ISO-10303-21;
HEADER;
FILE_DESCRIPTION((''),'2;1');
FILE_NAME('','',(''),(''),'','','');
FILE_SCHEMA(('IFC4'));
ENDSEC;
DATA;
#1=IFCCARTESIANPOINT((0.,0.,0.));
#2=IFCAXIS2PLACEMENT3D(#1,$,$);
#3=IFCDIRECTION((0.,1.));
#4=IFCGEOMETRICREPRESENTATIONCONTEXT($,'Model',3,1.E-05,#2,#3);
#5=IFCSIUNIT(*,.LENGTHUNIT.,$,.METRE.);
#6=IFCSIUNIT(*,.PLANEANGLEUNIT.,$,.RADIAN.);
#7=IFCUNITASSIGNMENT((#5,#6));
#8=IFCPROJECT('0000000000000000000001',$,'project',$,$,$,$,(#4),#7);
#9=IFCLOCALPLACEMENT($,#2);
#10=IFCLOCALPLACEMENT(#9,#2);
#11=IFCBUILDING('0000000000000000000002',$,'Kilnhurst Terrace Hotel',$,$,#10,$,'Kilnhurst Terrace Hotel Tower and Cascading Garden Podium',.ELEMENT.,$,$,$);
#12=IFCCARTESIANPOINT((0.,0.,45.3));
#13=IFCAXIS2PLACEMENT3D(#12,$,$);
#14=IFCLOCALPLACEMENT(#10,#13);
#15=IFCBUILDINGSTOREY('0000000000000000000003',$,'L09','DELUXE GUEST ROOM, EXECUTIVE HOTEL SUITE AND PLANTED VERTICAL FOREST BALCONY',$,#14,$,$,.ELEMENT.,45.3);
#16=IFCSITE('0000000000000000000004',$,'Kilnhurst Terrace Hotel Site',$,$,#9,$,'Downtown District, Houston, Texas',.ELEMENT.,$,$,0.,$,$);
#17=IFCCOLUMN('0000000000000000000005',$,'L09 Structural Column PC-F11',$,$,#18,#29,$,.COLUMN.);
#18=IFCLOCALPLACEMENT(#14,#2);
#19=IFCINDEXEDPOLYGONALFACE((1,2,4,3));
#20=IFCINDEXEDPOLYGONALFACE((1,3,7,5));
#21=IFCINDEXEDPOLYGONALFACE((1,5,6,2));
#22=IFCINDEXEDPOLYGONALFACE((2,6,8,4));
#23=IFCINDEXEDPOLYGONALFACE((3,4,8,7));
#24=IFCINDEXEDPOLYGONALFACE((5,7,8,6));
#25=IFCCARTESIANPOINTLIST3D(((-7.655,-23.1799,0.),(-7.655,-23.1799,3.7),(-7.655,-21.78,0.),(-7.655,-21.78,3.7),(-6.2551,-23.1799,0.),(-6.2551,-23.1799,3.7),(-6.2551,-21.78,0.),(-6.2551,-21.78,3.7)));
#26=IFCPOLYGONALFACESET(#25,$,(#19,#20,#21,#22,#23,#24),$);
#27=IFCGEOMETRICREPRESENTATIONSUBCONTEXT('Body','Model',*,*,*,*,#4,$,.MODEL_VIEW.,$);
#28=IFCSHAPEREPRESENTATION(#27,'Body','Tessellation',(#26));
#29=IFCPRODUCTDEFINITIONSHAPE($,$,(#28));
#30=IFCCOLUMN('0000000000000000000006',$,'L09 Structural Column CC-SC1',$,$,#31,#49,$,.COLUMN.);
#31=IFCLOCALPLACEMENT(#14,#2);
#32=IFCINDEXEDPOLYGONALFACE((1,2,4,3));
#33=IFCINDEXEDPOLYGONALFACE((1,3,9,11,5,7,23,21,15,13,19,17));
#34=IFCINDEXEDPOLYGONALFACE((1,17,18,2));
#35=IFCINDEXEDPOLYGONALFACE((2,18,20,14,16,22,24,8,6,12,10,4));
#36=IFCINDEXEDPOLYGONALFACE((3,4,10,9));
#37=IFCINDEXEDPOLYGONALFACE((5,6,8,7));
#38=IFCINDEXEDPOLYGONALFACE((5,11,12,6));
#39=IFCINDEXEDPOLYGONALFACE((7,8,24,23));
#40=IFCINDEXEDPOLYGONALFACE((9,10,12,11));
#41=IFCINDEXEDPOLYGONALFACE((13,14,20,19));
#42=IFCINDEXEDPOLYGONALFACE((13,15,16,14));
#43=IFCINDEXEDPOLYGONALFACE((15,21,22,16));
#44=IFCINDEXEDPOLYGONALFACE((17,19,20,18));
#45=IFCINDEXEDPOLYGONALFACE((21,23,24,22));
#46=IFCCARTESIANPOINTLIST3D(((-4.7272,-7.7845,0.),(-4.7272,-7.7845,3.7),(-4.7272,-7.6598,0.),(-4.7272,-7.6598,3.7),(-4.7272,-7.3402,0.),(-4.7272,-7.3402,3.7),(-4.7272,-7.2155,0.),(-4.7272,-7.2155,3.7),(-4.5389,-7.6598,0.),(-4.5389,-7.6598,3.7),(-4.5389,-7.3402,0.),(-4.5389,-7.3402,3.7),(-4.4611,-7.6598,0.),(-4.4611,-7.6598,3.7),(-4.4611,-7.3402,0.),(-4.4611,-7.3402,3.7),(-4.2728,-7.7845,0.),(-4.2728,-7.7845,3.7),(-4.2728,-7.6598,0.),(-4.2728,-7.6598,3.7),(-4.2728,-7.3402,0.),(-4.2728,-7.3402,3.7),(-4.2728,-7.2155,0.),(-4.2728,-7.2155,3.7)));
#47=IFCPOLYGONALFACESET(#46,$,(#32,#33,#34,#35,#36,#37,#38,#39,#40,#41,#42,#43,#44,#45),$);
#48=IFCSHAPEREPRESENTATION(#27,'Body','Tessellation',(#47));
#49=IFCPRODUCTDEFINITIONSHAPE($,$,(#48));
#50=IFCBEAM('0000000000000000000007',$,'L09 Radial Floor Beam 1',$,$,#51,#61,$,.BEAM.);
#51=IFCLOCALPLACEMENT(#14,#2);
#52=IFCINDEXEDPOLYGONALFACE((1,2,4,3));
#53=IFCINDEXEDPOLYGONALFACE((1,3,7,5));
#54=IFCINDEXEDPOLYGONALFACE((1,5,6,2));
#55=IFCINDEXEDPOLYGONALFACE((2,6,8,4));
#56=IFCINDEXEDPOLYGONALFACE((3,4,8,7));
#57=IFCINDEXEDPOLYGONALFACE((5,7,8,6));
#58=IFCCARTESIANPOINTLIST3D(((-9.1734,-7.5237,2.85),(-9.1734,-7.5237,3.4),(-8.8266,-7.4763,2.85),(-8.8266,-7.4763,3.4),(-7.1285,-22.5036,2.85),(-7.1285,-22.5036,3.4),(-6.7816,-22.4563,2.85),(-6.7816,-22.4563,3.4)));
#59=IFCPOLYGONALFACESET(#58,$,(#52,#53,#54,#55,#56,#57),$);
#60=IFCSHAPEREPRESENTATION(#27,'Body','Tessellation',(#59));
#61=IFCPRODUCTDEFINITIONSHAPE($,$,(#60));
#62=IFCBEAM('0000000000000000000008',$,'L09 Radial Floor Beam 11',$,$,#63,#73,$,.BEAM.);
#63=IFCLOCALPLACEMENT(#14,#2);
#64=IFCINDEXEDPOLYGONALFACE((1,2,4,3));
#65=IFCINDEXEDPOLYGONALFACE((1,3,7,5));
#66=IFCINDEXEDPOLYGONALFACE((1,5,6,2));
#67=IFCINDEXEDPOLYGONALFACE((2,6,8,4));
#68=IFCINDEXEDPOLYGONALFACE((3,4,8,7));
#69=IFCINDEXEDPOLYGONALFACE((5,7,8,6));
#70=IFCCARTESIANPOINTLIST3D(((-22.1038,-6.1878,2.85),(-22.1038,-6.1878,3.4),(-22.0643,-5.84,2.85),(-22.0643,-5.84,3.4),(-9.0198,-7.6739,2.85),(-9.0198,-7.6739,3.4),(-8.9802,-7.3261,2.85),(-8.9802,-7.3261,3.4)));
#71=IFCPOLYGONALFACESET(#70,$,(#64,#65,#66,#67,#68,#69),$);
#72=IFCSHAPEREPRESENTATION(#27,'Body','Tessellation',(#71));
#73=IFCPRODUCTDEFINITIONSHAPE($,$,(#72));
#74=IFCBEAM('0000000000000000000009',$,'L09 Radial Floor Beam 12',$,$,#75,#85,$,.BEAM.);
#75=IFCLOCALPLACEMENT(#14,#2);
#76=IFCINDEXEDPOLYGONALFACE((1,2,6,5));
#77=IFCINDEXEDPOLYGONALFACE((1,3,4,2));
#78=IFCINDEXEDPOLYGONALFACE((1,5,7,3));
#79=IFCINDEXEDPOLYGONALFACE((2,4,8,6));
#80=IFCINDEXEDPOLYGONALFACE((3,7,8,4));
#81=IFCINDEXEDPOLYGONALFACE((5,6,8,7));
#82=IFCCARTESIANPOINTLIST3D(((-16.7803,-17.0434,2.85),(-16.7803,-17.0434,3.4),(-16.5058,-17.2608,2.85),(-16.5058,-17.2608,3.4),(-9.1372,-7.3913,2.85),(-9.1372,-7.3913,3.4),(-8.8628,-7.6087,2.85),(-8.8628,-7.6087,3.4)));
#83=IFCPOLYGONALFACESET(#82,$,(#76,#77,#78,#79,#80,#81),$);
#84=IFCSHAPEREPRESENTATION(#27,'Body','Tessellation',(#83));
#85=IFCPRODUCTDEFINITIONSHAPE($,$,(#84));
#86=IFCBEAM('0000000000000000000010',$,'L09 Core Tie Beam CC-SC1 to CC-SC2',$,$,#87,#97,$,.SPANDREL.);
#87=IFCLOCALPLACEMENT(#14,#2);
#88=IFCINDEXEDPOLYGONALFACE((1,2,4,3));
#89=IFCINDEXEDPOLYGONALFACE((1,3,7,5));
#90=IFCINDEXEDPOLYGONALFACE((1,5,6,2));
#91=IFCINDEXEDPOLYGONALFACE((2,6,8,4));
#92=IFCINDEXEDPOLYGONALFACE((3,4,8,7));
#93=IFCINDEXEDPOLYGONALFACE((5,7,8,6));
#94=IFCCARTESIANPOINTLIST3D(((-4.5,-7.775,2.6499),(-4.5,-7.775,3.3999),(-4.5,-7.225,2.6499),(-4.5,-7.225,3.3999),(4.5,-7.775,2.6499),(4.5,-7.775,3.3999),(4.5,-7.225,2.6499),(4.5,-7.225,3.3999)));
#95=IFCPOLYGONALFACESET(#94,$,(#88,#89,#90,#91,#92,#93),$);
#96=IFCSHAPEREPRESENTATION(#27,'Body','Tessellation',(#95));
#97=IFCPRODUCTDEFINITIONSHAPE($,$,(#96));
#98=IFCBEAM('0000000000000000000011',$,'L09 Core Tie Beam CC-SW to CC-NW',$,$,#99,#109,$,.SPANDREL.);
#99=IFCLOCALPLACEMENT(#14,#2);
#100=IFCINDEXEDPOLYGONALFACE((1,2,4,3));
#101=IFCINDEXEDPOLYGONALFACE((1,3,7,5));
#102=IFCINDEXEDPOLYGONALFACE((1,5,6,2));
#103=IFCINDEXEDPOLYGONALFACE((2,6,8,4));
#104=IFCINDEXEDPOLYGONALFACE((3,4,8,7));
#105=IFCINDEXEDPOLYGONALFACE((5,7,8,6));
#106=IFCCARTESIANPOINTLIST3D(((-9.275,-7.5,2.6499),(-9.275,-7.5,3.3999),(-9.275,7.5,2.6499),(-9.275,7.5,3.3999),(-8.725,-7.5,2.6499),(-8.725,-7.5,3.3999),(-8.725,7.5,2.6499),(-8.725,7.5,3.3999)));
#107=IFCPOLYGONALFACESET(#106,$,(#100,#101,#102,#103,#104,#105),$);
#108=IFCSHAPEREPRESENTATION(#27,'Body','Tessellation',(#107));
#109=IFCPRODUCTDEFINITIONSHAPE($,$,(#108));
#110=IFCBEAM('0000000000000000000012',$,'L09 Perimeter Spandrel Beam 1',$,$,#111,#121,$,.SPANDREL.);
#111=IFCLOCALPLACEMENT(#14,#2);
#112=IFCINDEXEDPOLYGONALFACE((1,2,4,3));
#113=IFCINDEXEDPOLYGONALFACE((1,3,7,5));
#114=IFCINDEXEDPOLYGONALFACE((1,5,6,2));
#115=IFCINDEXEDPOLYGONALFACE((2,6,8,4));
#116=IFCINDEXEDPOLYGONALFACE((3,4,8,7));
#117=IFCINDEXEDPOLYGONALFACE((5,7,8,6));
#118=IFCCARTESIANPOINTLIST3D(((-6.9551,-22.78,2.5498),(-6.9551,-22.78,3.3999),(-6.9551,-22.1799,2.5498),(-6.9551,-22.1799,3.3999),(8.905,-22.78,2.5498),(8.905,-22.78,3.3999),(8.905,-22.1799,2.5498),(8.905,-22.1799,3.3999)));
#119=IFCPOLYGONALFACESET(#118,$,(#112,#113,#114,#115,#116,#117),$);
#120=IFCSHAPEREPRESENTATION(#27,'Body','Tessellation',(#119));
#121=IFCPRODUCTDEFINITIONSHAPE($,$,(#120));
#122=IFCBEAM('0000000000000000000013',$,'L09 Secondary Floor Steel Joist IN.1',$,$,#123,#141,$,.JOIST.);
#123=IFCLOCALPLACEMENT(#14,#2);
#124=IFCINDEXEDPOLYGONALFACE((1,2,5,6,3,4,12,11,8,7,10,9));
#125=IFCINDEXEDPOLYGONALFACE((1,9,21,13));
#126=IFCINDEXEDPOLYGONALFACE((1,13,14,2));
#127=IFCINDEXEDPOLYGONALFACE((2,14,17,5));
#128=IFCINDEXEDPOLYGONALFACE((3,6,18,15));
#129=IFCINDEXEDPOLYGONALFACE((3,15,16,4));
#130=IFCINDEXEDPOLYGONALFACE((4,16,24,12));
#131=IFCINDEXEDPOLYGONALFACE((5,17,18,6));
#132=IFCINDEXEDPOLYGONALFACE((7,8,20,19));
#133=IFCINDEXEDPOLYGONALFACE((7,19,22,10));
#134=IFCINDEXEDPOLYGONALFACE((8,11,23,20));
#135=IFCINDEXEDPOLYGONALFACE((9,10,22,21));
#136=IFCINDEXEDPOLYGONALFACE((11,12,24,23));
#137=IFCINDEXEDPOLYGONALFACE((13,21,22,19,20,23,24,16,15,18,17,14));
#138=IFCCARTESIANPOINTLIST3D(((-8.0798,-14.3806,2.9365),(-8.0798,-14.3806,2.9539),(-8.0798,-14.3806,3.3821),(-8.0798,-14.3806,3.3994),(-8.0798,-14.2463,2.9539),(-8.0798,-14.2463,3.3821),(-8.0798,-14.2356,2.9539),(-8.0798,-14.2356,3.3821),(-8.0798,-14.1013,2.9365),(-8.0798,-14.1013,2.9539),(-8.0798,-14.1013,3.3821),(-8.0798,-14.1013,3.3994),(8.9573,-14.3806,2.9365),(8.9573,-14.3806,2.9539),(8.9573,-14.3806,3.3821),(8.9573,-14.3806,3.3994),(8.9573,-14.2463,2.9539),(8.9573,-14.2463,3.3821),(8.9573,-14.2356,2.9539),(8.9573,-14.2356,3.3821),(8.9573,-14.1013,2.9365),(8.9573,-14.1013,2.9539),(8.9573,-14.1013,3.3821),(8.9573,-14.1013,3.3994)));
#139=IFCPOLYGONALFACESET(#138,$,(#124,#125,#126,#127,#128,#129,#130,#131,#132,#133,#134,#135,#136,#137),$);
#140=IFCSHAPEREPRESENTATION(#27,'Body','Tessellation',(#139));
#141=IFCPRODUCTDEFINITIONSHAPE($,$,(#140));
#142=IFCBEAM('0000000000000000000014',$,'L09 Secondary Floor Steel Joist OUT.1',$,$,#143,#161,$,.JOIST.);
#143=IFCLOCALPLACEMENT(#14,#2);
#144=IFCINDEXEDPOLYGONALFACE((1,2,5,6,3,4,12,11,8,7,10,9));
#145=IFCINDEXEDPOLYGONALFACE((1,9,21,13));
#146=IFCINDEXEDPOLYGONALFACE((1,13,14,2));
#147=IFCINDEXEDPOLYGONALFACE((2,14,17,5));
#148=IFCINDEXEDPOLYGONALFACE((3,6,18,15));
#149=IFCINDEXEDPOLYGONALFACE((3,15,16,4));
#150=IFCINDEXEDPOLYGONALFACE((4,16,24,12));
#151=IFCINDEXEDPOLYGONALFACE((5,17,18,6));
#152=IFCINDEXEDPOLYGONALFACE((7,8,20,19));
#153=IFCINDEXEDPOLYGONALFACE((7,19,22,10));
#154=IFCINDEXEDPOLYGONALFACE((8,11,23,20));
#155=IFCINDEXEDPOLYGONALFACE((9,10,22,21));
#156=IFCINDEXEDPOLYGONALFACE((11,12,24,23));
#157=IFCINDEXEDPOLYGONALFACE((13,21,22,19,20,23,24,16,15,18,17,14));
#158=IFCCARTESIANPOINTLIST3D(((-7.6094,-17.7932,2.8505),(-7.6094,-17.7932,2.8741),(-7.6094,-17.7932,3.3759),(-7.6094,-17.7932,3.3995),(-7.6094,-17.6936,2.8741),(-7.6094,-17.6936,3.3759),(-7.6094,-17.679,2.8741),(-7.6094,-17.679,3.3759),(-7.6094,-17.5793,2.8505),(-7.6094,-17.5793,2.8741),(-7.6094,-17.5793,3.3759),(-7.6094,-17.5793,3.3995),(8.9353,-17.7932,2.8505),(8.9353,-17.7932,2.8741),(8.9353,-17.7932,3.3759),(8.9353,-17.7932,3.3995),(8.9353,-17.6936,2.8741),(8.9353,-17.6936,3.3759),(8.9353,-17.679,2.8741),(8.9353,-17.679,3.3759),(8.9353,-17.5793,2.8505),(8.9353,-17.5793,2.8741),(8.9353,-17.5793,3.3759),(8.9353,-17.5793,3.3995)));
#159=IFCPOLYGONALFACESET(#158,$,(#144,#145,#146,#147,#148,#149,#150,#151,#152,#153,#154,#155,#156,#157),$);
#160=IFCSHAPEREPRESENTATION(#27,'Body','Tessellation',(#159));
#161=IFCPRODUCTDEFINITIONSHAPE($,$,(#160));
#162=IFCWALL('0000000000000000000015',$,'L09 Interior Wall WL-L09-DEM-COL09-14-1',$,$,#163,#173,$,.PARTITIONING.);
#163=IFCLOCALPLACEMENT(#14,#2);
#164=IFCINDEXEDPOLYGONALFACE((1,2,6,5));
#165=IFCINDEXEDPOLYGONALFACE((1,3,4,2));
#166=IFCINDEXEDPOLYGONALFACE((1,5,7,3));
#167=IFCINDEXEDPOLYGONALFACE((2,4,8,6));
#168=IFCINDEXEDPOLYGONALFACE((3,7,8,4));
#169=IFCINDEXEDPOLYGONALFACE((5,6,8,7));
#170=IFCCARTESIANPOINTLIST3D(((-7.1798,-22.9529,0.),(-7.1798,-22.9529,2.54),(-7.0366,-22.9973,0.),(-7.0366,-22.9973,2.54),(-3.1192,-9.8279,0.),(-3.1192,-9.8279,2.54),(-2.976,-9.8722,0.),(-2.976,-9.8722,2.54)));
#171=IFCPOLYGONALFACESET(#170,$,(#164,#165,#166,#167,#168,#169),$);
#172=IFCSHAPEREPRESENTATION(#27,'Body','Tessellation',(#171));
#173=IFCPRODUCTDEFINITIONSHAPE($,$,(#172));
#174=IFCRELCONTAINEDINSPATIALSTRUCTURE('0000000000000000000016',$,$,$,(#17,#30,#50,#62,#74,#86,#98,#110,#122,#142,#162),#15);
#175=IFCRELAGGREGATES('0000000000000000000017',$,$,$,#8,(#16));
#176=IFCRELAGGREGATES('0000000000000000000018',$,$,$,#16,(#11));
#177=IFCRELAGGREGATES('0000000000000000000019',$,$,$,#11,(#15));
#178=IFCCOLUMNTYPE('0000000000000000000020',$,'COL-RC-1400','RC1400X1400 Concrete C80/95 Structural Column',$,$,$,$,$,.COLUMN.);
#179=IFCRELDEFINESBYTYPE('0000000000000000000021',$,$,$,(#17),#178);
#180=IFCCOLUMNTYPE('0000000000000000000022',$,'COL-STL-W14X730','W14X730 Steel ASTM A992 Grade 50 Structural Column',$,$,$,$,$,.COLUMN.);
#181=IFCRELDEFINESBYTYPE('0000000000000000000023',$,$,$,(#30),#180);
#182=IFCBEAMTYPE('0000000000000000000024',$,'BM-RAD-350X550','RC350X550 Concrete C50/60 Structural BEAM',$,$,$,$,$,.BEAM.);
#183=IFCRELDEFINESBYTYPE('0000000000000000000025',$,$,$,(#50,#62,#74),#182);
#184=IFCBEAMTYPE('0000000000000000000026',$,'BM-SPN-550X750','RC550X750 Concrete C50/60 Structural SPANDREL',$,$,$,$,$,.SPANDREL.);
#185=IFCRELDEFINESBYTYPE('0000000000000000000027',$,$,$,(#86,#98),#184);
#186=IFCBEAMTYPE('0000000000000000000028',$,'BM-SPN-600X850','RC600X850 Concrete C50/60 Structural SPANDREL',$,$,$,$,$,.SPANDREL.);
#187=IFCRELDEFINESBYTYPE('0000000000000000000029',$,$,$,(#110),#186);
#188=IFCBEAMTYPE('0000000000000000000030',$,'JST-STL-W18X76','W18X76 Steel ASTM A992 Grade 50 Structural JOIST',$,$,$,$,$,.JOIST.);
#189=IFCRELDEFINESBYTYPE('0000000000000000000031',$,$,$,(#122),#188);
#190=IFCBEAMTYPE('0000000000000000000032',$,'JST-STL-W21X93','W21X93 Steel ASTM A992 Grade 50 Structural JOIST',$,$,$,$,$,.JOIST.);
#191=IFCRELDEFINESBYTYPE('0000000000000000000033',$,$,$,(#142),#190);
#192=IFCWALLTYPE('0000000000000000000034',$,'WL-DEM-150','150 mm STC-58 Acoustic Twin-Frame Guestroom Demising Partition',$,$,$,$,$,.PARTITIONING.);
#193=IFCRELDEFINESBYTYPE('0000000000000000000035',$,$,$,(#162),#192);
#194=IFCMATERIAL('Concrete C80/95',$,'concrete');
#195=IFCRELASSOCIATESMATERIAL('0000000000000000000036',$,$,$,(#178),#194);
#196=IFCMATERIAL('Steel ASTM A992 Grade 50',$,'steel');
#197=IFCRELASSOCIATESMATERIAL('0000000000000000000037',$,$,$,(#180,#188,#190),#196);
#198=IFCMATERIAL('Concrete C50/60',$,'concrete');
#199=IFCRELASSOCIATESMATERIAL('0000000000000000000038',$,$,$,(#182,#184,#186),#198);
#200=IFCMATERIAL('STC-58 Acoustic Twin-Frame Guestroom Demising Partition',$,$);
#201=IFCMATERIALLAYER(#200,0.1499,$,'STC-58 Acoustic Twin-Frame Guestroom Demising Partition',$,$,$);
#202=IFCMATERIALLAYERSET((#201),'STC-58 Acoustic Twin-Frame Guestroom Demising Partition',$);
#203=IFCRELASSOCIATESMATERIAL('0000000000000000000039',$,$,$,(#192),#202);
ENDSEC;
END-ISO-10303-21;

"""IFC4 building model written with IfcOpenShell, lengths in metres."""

from ifc_helpers import new_model, si_unit, direction, frame, frame_2d, origin, origin_2d, place, context, subcontext, project, spatial, rectangle, i_section, extrude, material, layer, layer_set, material_profile, profile_set, type_object, element, save


model = new_model("IFC4")

# Units and contexts
model_context = context("Model", 3, precision=1e-05, world=origin(), true_north=direction((0.0, 1.0)))
body_context = subcontext(model_context, "Body", "Model", "MODEL_VIEW")
ifc_project = project(units=[si_unit("LENGTHUNIT", "METRE"), si_unit("PLANEANGLEUNIT", "RADIAN")], contexts=[model_context])

# Site, building, storey
site_placement = place(None, origin())
site = spatial("IfcSite", under=ifc_project, at=site_placement, Name="Kilnhurst Terrace Hotel Site", LongName="Downtown District, Houston, Texas", CompositionType="ELEMENT", RefElevation=0.0)
building_placement = place(site_placement, origin())
building = spatial("IfcBuilding", under=site, at=building_placement, Name="Kilnhurst Terrace Hotel", LongName="Kilnhurst Terrace Hotel Tower and Cascading Garden Podium", CompositionType="ELEMENT")
storey_placement = place(building_placement, frame((0.0, 0.0, 45.3)))
storey = spatial("IfcBuildingStorey", under=building, at=storey_placement, Name="L09", Description="DELUXE GUEST ROOM, EXECUTIVE HOTEL SUITE AND PLANTED VERTICAL FOREST BALCONY", CompositionType="ELEMENT", Elevation=45.3)

# Columns
ifc_material_1 = material(Name="Concrete C80/95", Category="concrete")
ifc_material_profile_1 = material_profile(ifc_material_1, rectangle(XDim=1.3999, YDim=1.3999, at=origin_2d()), Name="RC1400X1400")
ifc_profile_set_1 = profile_set([ifc_material_profile_1], Name="Concrete C80/95")
column_type_1 = type_object("IfcColumnType", Name="COL-RC-1400", Description="RC1400X1400 Concrete C80/95 Structural Column", PredefinedType="COLUMN", material=ifc_profile_set_1)
column_1_placement = place(storey_placement, frame((-6.9551, -22.48, 0.0), z_axis=(0.0, 0.0, 1.0), x_axis=(1.0, 0.0, 0.0)))
element("IfcColumn", 1, at=column_1_placement, inside=storey, type_object=column_type_1, Name="L09 Structural Column PC-F11", PredefinedType="COLUMN", context=body_context, shape_type="SweptSolid", body=[
    extrude(rectangle(XDim=1.3999, YDim=1.3999, at=origin_2d()), origin(), (0.0, 0.0, 1.0), 3.7),
])
ifc_material_2 = material(Name="Steel ASTM A992 Grade 50", Category="steel")
ifc_material_profile_2 = material_profile(ifc_material_2, i_section(OverallWidth=0.4543, OverallDepth=0.5691, WebThickness=0.0779, FlangeThickness=0.1248, at=origin_2d()), Name="W14X730")
ifc_profile_set_2 = profile_set([ifc_material_profile_2], Name="Steel ASTM A992 Grade 50")
column_type_2 = type_object("IfcColumnType", Name="COL-STL-W14X730", Description="W14X730 Steel ASTM A992 Grade 50 Structural Column", PredefinedType="COLUMN", material=ifc_profile_set_2)
column_2_placement = place(storey_placement, frame((-4.5, -7.5, 0.0), z_axis=(0.0, 0.0, 1.0), x_axis=(1.0, 0.0, 0.0)))
element("IfcColumn", 2, at=column_2_placement, inside=storey, type_object=column_type_2, Name="L09 Structural Column CC-SC1", PredefinedType="COLUMN", context=body_context, shape_type="SweptSolid", body=[
    extrude(i_section(OverallWidth=0.4543, OverallDepth=0.5691, WebThickness=0.0779, FlangeThickness=0.1248, at=origin_2d()), origin(), (0.0, 0.0, 1.0), 3.7),
])

# Beams
ifc_material_3 = material(Name="Concrete C50/60", Category="concrete")
ifc_material_profile_3 = material_profile(ifc_material_3, rectangle(XDim=0.3501, YDim=0.55, at=origin_2d()), Name="RC350X550")
ifc_profile_set_3 = profile_set([ifc_material_profile_3], Name="Concrete C50/60")
beam_type_1 = type_object("IfcBeamType", Name="BM-RAD-350X550", Description="RC350X550 Concrete C50/60 Structural BEAM", PredefinedType="BEAM", material=ifc_profile_set_3)
beam_1_placement = place(storey_placement, frame((-9.0, -7.5, 3.125), z_axis=(0.135256, -0.990811, 0.0), x_axis=(0.990811, 0.135256, 0.0)))
element("IfcBeam", 3, at=beam_1_placement, inside=storey, type_object=beam_type_1, Name="L09 Radial Floor Beam 1", PredefinedType="BEAM", context=body_context, shape_type="SweptSolid", body=[
    extrude(rectangle(XDim=0.3501, YDim=0.55, at=origin_2d()), origin(), (0.0, 0.0, 1.0), 15.1189),
])
beam_2_placement = place(storey_placement, frame((-9.0, -7.5, 3.125), z_axis=(-0.993611, 0.112855, 0.0), x_axis=(-0.112855, -0.993611, 0.0)))
element("IfcBeam", 4, at=beam_2_placement, inside=storey, type_object=beam_type_1, Name="L09 Radial Floor Beam 11", PredefinedType="BEAM", context=body_context, shape_type="SweptSolid", body=[
    extrude(rectangle(XDim=0.3501, YDim=0.55, at=origin_2d()), origin(), (0.0, 0.0, 1.0), 13.1682),
])
beam_3_placement = place(storey_placement, frame((-9.0, -7.5, 3.125), z_axis=(-0.620794, -0.783974, 0.0), x_axis=(0.783974, -0.620794, 0.0)))
element("IfcBeam", 5, at=beam_3_placement, inside=storey, type_object=beam_type_1, Name="L09 Radial Floor Beam 12", PredefinedType="BEAM", context=body_context, shape_type="SweptSolid", body=[
    extrude(rectangle(XDim=0.3501, YDim=0.55, at=origin_2d()), origin(), (0.0, 0.0, 1.0), 12.3118),
])
ifc_material_profile_4 = material_profile(ifc_material_3, rectangle(XDim=0.55, YDim=0.75, at=origin_2d()), Name="RC550X750")
ifc_profile_set_4 = profile_set([ifc_material_profile_4], Name="Concrete C50/60")
beam_type_2 = type_object("IfcBeamType", Name="BM-SPN-550X750", Description="RC550X750 Concrete C50/60 Structural SPANDREL", PredefinedType="SPANDREL", material=ifc_profile_set_4)
beam_4_placement = place(storey_placement, frame((-4.5, -7.5, 3.0249), z_axis=(1.0, 0.0, 0.0), x_axis=(0.0, 1.0, 0.0)))
element("IfcBeam", 6, at=beam_4_placement, inside=storey, type_object=beam_type_2, Name="L09 Core Tie Beam CC-SC1 to CC-SC2", PredefinedType="SPANDREL", context=body_context, shape_type="SweptSolid", body=[
    extrude(rectangle(XDim=0.55, YDim=0.75, at=origin_2d()), origin(), (0.0, 0.0, 1.0), 9.0),
])
beam_5_placement = place(storey_placement, frame((-9.0, -7.5, 3.0249), z_axis=(0.0, 1.0, 0.0), x_axis=(-1.0, 0.0, 0.0)))
element("IfcBeam", 7, at=beam_5_placement, inside=storey, type_object=beam_type_2, Name="L09 Core Tie Beam CC-SW to CC-NW", PredefinedType="SPANDREL", context=body_context, shape_type="SweptSolid", body=[
    extrude(rectangle(XDim=0.55, YDim=0.75, at=origin_2d()), origin(), (0.0, 0.0, 1.0), 15.0),
])
ifc_material_profile_5 = material_profile(ifc_material_3, rectangle(XDim=0.6001, YDim=0.8501, at=origin_2d()), Name="RC600X850")
ifc_profile_set_5 = profile_set([ifc_material_profile_5], Name="Concrete C50/60")
beam_type_3 = type_object("IfcBeamType", Name="BM-SPN-600X850", Description="RC600X850 Concrete C50/60 Structural SPANDREL", PredefinedType="SPANDREL", material=ifc_profile_set_5)
beam_6_placement = place(storey_placement, frame((-6.9551, -22.48, 2.9749), z_axis=(1.0, 0.0, 0.0), x_axis=(0.0, 1.0, 0.0)))
element("IfcBeam", 8, at=beam_6_placement, inside=storey, type_object=beam_type_3, Name="L09 Perimeter Spandrel Beam 1", PredefinedType="SPANDREL", context=body_context, shape_type="SweptSolid", body=[
    extrude(rectangle(XDim=0.6001, YDim=0.8501, at=origin_2d()), origin(), (0.0, 0.0, 1.0), 15.8601),
])
ifc_material_profile_6 = material_profile(ifc_material_2, i_section(OverallWidth=0.2793, OverallDepth=0.4629, WebThickness=0.0107, FlangeThickness=0.0173, at=origin_2d()), Name="W18X76")
ifc_profile_set_6 = profile_set([ifc_material_profile_6], Name="Steel ASTM A992 Grade 50")
beam_type_4 = type_object("IfcBeamType", Name="JST-STL-W18X76", Description="W18X76 Steel ASTM A992 Grade 50 Structural JOIST", PredefinedType="JOIST", material=ifc_profile_set_6)
beam_7_placement = place(storey_placement, frame((-8.0798, -14.241, 3.168), z_axis=(1.0, 0.0, 0.0), x_axis=(0.0, 1.0, 0.0)))
element("IfcBeam", 9, at=beam_7_placement, inside=storey, type_object=beam_type_4, Name="L09 Secondary Floor Steel Joist IN.1", PredefinedType="JOIST", context=body_context, shape_type="SweptSolid", body=[
    extrude(i_section(OverallWidth=0.2793, OverallDepth=0.4629, WebThickness=0.0107, FlangeThickness=0.0173, at=origin_2d()), origin(), (0.0, 0.0, 1.0), 17.0371),
])
ifc_material_profile_7 = material_profile(ifc_material_2, i_section(OverallWidth=0.2139, OverallDepth=0.5491, WebThickness=0.0146, FlangeThickness=0.0237, at=origin_2d()), Name="W21X93")
ifc_profile_set_7 = profile_set([ifc_material_profile_7], Name="Steel ASTM A992 Grade 50")
beam_type_5 = type_object("IfcBeamType", Name="JST-STL-W21X93", Description="W21X93 Steel ASTM A992 Grade 50 Structural JOIST", PredefinedType="JOIST", material=ifc_profile_set_7)
beam_8_placement = place(storey_placement, frame((-7.6094, -17.6863, 3.125), z_axis=(1.0, 0.0, 0.0), x_axis=(0.0, 1.0, 0.0)))
element("IfcBeam", 10, at=beam_8_placement, inside=storey, type_object=beam_type_5, Name="L09 Secondary Floor Steel Joist OUT.1", PredefinedType="JOIST", context=body_context, shape_type="SweptSolid", body=[
    extrude(i_section(OverallWidth=0.2139, OverallDepth=0.5491, WebThickness=0.0146, FlangeThickness=0.0237, at=origin_2d()), origin(), (0.0, 0.0, 1.0), 16.5447),
])

# Wall
ifc_material_4 = material(Name="STC-58 Acoustic Twin-Frame Guestroom Demising Partition")
ifc_layer_1 = layer(ifc_material_4, 0.1499, Name="STC-58 Acoustic Twin-Frame Guestroom Demising Partition")
ifc_layer_set_1 = layer_set([ifc_layer_1], Name="STC-58 Acoustic Twin-Frame Guestroom Demising Partition")
wall_type_1 = type_object("IfcWallType", Name="WL-DEM-150", Description="150 mm STC-58 Acoustic Twin-Frame Guestroom Demising Partition", PredefinedType="PARTITIONING", material=ifc_layer_set_1)
wall_1_placement = place(storey_placement, frame((-3.0476, -9.8501, 0.0), z_axis=(0.0, 0.0, 1.0), x_axis=(-0.295554, -0.955326, 0.0)))
element("IfcWall", 11, at=wall_1_placement, inside=storey, type_object=wall_type_1, Name="L09 Interior Wall WL-L09-DEM-COL09-14-1", PredefinedType="PARTITIONING", context=body_context, shape_type="SweptSolid", body=[
    extrude(rectangle(XDim=13.7388, YDim=0.1499, at=frame_2d((6.8694, 0.0))), origin(), (0.0, 0.0, 1.0), 2.54),
])

save(model, "model.ifc")
